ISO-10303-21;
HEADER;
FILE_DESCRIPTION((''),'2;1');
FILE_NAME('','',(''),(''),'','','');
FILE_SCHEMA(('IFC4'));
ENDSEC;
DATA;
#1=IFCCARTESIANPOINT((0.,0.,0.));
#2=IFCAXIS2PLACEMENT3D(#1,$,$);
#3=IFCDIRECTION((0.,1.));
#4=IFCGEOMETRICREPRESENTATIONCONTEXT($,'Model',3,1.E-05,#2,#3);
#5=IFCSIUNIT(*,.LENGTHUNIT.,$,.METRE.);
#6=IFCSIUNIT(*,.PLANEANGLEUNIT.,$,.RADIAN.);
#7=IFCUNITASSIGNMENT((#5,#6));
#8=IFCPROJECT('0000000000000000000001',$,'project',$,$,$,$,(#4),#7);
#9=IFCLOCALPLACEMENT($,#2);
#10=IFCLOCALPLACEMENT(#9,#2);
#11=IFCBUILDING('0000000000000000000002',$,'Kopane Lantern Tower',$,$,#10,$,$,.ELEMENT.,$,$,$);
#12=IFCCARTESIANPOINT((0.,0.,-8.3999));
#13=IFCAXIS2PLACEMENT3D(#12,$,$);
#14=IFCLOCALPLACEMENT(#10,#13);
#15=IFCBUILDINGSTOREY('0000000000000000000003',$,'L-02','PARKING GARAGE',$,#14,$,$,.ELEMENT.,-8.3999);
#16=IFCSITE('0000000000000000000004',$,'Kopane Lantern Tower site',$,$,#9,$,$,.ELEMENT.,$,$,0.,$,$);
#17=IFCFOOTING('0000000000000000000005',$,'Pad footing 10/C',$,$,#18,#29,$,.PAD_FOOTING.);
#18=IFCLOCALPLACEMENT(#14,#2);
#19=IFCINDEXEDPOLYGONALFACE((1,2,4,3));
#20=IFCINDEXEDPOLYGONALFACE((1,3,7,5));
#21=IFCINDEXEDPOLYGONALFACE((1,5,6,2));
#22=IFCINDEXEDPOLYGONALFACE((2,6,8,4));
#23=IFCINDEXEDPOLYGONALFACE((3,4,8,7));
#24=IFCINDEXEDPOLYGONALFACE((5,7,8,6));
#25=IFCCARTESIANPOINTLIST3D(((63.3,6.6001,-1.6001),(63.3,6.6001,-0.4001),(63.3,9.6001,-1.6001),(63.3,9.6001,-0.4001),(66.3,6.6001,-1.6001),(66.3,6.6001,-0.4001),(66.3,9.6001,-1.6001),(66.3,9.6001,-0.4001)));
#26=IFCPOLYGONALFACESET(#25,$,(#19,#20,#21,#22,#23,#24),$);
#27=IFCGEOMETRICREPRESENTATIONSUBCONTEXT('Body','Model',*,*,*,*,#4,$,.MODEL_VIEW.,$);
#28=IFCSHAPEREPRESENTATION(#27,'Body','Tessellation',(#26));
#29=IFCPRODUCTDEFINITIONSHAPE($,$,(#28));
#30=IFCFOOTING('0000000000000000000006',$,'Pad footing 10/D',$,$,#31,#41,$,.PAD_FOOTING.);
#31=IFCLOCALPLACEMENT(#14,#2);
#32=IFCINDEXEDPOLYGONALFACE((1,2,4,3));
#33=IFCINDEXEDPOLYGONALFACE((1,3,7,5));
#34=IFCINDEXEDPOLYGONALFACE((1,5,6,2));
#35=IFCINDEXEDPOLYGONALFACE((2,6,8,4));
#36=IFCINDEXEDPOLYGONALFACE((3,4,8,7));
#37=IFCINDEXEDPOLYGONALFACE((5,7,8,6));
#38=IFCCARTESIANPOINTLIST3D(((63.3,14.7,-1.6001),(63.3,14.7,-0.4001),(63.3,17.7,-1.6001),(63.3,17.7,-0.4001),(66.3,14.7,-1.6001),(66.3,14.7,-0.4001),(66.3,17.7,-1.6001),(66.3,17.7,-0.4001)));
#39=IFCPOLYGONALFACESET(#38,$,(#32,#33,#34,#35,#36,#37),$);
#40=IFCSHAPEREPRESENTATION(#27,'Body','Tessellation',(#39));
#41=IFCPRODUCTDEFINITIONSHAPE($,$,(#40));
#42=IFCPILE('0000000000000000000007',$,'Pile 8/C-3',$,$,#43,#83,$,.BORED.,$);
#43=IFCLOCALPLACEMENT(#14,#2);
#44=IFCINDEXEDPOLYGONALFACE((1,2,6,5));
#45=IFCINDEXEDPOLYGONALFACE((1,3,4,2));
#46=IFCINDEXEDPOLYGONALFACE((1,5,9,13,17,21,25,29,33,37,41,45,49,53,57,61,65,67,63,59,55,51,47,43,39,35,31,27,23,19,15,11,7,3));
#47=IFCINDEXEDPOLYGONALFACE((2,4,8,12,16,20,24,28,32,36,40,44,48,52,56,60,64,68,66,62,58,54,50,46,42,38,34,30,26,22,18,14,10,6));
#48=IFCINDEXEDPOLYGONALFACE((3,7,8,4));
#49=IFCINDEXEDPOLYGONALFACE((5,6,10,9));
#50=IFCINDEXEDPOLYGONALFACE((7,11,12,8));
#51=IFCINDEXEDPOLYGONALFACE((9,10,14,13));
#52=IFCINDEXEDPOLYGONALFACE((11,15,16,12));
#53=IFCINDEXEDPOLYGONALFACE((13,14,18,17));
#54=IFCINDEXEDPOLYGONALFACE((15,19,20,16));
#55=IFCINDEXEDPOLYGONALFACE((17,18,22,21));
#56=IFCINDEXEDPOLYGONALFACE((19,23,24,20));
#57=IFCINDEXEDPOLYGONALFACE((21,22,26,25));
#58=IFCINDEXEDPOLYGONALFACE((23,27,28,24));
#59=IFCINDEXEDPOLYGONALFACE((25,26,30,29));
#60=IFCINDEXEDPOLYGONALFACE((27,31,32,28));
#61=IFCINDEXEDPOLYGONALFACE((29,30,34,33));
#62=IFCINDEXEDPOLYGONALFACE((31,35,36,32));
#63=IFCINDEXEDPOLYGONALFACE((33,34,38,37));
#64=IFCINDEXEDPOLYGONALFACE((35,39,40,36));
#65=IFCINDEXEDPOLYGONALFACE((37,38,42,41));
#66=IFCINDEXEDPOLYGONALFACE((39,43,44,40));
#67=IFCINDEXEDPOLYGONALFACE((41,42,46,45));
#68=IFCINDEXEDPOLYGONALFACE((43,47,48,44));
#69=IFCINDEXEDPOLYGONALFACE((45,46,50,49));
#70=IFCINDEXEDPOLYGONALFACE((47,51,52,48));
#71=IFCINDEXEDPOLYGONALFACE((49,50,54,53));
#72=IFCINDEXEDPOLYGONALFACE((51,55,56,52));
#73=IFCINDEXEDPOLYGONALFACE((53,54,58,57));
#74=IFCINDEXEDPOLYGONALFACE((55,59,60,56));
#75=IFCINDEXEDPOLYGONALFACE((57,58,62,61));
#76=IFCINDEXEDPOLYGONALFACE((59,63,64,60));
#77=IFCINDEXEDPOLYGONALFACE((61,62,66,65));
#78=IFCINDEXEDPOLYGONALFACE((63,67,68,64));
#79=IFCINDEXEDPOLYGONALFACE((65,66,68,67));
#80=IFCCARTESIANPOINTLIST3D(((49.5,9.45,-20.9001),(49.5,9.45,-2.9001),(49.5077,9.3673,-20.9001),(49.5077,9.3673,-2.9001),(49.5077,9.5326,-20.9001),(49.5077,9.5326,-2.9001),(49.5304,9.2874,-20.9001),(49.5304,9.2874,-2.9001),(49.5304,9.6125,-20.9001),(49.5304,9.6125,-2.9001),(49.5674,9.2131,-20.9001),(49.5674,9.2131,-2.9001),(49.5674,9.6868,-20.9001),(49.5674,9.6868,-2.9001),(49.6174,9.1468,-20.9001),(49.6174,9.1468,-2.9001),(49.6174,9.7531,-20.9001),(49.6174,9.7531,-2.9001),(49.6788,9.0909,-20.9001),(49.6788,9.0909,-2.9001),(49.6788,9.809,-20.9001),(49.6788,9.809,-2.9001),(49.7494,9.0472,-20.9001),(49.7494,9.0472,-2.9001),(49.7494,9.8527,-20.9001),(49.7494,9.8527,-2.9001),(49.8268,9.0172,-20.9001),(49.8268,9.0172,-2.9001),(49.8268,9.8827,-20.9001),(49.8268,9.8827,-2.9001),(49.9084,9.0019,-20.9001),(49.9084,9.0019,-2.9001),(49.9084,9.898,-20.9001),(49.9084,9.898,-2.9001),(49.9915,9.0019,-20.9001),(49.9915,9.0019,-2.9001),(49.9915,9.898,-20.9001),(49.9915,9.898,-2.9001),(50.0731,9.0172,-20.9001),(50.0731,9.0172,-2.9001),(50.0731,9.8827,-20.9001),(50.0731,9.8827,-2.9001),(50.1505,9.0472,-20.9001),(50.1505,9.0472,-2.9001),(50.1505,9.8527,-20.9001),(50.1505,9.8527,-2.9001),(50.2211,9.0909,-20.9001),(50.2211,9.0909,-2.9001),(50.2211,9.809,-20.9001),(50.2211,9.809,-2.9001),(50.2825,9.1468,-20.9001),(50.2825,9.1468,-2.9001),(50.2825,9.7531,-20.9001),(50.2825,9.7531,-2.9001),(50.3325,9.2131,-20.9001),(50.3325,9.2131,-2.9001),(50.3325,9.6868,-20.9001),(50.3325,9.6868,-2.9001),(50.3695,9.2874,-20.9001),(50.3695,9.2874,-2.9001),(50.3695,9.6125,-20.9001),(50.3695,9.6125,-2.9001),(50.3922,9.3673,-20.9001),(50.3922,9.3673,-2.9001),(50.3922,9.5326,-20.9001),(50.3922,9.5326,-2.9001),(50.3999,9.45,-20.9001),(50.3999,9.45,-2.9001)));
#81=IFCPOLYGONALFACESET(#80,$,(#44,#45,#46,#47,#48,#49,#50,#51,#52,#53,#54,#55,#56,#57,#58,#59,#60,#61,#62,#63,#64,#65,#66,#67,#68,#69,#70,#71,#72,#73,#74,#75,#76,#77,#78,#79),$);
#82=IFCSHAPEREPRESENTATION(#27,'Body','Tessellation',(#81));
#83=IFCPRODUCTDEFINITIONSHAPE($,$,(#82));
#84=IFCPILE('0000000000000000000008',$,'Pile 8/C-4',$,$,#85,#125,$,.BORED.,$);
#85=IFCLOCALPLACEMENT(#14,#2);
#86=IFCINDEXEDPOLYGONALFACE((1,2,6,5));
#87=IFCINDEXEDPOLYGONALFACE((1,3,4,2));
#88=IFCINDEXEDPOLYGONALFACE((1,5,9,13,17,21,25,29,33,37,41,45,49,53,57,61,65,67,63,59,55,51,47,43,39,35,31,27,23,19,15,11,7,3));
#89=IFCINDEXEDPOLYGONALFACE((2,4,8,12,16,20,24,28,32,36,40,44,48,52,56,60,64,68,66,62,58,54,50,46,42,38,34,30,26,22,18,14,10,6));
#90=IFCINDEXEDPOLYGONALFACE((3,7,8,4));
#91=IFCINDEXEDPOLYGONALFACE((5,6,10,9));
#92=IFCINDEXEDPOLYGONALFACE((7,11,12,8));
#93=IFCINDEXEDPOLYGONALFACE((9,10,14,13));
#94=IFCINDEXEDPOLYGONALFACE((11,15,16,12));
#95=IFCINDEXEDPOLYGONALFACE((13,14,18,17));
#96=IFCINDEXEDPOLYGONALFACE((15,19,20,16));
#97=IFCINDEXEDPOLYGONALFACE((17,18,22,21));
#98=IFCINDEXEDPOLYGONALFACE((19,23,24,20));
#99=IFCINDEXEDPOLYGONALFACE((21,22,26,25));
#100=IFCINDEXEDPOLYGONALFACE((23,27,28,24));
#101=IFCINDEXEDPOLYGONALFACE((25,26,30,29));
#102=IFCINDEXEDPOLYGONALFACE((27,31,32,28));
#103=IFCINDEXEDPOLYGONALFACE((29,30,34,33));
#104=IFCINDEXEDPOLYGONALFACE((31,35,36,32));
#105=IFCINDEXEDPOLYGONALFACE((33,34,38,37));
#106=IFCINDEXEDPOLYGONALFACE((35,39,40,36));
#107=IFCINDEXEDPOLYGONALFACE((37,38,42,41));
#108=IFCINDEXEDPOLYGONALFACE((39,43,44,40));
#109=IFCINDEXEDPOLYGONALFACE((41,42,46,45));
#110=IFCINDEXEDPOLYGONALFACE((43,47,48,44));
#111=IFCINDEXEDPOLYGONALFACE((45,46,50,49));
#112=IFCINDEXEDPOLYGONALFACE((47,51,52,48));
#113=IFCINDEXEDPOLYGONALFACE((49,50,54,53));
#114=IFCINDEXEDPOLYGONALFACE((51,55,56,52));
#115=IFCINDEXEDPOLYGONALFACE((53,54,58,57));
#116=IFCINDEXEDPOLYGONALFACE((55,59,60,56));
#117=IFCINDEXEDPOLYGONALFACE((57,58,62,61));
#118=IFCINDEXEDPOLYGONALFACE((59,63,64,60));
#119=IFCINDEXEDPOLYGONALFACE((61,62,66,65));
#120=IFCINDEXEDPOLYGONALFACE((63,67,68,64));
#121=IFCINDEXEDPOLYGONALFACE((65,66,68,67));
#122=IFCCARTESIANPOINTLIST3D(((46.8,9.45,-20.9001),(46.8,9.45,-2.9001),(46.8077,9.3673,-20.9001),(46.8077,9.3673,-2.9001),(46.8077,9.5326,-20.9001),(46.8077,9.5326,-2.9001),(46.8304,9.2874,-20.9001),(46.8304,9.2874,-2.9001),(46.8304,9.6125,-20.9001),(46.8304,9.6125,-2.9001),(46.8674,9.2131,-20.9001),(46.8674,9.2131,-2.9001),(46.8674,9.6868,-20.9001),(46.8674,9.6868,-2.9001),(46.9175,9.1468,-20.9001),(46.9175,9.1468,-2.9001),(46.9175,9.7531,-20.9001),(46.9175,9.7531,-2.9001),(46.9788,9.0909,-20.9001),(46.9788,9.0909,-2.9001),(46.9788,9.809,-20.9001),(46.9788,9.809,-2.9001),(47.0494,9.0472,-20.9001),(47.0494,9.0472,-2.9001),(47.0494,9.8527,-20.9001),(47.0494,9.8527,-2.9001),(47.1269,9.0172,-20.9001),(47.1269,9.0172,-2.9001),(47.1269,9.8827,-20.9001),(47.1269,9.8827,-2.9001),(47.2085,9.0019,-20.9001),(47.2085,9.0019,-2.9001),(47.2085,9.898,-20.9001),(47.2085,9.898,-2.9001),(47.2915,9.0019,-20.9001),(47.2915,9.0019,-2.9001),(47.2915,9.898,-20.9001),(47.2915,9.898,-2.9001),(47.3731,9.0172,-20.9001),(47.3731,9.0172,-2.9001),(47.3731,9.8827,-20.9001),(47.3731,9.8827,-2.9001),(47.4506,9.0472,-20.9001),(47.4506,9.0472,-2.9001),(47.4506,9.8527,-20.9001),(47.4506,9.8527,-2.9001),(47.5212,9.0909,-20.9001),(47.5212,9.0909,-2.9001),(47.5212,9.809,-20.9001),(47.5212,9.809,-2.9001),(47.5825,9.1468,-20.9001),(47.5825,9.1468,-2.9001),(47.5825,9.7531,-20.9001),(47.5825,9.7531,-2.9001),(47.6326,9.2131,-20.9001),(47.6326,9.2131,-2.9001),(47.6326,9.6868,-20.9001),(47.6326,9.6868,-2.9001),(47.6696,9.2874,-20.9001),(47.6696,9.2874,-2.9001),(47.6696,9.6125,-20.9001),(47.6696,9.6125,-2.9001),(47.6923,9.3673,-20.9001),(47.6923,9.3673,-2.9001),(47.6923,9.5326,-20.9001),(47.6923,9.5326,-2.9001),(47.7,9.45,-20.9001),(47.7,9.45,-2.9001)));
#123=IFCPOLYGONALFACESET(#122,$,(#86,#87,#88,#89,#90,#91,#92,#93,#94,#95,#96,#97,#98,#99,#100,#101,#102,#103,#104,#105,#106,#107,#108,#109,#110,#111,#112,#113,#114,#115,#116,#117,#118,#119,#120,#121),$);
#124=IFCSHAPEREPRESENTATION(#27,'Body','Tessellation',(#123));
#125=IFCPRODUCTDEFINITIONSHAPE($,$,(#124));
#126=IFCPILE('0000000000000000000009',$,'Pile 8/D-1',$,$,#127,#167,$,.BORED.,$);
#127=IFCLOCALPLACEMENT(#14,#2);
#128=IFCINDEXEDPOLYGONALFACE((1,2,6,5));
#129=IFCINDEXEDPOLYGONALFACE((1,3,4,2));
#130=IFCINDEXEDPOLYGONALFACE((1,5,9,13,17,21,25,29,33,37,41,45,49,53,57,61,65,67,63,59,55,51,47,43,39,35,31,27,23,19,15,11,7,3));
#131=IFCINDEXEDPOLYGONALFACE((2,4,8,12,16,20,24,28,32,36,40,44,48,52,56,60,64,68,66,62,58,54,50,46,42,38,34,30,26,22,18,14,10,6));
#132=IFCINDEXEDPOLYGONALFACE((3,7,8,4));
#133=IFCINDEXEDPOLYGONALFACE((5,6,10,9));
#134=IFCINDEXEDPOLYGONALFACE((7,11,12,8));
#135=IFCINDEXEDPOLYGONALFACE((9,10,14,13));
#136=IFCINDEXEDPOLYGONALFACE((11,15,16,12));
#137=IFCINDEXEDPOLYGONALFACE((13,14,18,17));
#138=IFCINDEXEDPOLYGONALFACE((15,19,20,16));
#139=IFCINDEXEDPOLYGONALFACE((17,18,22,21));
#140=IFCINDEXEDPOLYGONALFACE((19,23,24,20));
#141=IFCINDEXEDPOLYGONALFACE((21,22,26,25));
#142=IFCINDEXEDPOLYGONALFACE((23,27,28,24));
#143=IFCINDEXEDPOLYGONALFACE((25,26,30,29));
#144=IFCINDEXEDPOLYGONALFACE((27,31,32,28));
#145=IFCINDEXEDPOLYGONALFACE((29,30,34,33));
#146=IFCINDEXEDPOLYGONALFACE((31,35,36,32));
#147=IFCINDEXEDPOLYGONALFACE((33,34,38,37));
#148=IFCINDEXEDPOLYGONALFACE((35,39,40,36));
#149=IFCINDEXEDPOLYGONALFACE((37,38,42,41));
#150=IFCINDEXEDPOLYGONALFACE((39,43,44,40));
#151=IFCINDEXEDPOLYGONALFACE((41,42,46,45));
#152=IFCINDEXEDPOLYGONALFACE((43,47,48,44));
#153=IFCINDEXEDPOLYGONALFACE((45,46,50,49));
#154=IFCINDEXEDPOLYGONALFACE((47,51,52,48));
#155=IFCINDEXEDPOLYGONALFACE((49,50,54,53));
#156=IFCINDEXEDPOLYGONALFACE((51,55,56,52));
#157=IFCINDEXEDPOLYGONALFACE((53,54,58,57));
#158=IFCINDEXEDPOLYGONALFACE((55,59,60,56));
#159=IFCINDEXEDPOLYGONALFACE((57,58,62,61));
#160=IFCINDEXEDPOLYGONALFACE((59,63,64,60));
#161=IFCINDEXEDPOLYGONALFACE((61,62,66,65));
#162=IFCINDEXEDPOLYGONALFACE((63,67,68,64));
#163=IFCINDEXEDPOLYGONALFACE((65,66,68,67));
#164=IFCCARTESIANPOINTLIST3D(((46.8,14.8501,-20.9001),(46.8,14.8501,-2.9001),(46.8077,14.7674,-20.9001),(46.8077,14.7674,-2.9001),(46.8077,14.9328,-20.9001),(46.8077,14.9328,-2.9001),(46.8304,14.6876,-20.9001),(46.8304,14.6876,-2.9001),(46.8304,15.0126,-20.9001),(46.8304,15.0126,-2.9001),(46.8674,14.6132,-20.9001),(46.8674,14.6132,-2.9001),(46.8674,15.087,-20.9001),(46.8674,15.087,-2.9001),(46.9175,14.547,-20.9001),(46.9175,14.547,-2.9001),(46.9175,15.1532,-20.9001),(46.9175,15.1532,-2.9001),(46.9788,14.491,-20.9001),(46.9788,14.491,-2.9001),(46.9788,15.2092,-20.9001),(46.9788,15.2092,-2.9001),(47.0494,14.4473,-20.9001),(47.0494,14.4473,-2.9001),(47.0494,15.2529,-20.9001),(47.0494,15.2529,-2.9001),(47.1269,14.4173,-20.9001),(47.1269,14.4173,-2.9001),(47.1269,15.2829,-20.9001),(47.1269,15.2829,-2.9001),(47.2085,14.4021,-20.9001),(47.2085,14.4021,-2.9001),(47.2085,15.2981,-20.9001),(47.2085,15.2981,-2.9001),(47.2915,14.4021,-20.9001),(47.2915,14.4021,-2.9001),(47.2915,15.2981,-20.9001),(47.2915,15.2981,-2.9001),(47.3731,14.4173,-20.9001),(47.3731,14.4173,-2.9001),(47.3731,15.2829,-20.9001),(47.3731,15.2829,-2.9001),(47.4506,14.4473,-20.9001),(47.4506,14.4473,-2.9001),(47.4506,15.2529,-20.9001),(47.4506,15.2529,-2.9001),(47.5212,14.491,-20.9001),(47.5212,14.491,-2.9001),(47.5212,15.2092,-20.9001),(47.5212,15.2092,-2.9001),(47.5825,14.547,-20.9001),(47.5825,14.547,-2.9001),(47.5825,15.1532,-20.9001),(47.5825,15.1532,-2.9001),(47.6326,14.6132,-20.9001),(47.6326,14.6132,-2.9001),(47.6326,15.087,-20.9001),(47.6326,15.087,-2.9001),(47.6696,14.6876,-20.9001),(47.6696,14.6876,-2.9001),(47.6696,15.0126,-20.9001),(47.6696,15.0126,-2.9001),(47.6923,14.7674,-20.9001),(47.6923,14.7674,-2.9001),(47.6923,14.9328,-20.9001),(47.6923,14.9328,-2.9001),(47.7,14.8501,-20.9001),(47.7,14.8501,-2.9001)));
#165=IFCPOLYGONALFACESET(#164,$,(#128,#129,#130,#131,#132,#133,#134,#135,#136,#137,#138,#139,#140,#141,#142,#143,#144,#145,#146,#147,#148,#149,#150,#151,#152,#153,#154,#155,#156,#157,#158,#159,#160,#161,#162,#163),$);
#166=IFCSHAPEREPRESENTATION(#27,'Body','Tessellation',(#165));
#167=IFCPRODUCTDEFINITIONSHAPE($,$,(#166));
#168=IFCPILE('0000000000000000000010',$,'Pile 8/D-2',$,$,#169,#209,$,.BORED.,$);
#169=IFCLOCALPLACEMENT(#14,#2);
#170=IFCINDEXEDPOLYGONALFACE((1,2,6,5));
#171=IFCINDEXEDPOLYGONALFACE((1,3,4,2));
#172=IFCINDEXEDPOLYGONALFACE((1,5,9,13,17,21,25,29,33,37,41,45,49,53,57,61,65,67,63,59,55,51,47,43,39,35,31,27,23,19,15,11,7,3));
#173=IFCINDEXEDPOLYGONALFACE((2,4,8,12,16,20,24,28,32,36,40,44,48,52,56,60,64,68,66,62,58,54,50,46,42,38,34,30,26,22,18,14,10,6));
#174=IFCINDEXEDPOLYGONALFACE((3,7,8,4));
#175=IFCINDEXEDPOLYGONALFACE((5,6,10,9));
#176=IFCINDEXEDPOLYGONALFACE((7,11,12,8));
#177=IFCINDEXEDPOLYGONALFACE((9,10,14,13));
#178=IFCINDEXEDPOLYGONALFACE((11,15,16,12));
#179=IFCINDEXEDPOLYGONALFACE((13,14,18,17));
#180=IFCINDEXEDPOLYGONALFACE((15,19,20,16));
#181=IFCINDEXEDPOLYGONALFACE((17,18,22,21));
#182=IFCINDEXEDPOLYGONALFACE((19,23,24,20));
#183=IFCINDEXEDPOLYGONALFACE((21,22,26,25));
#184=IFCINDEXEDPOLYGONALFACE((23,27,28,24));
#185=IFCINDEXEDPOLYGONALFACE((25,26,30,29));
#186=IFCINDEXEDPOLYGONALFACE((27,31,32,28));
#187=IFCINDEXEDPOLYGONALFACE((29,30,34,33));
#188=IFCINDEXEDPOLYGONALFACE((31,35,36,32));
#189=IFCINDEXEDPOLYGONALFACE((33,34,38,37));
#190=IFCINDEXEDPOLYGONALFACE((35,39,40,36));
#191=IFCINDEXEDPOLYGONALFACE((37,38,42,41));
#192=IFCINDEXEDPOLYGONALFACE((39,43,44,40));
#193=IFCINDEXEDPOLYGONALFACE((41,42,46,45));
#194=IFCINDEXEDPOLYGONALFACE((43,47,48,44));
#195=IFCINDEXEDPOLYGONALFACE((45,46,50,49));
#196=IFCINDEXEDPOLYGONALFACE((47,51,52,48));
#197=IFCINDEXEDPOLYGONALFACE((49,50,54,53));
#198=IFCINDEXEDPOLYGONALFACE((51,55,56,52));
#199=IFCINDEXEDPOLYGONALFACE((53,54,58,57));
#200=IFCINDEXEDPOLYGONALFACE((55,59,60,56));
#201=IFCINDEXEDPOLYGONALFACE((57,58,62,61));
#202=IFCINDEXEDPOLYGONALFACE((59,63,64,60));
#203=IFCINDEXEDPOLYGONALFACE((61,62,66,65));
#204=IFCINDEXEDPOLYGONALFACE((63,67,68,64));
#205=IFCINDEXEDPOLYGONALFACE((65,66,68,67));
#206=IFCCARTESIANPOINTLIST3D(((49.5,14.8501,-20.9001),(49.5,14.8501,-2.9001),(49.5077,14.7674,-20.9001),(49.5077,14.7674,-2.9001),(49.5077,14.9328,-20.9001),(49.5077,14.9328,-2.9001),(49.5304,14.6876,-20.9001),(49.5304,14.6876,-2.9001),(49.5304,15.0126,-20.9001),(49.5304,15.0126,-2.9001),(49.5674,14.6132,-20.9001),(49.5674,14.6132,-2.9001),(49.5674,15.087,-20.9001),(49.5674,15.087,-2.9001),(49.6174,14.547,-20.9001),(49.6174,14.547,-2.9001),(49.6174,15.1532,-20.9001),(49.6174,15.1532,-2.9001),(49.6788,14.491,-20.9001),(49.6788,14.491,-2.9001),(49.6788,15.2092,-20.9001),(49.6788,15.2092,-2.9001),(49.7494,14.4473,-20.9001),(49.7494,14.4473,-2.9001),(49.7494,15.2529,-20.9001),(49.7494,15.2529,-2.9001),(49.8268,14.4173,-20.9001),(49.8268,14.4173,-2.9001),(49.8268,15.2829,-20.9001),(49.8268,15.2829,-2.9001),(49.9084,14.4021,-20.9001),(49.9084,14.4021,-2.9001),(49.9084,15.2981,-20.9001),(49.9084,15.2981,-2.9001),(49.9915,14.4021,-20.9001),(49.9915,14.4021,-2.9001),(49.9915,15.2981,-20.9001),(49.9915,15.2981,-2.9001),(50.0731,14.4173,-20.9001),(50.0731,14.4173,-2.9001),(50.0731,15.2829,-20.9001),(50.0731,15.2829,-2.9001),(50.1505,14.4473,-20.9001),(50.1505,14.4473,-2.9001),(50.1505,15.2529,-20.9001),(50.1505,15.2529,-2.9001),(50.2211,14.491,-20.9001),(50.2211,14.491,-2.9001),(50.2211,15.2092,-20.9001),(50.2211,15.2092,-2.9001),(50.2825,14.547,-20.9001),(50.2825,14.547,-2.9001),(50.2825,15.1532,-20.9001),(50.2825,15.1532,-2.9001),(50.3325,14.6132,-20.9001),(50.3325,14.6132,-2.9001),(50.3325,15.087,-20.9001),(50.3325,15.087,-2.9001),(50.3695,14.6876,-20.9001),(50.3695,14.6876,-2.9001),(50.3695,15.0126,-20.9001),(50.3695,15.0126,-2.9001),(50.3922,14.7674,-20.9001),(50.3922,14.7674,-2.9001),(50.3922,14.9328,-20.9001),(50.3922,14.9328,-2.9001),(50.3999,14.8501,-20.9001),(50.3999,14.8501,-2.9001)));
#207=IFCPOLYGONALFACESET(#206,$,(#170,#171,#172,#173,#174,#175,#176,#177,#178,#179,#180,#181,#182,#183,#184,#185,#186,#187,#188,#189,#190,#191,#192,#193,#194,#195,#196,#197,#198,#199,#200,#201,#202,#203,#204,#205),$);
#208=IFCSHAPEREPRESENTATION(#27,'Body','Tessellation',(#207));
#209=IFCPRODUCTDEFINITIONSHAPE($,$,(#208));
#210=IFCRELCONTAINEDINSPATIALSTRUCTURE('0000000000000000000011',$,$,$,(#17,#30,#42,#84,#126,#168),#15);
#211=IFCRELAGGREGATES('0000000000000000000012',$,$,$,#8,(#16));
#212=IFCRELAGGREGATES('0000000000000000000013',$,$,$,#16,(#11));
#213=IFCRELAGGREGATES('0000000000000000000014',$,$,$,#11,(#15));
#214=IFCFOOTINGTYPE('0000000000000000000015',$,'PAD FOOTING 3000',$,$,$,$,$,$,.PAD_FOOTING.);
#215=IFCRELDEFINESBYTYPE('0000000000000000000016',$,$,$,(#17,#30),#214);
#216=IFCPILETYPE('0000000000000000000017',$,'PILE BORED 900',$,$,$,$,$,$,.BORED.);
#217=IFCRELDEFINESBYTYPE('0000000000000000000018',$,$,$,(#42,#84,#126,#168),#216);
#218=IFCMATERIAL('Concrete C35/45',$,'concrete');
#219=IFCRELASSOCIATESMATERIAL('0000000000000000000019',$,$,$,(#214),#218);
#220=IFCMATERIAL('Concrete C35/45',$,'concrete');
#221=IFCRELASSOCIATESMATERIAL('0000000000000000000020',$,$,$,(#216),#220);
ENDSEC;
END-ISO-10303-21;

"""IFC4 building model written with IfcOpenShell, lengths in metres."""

from ifc_helpers import new_model, si_unit, direction, frame, origin, origin_2d, place, context, subcontext, project, spatial, rectangle, circle, extrude, material, material_profile, profile_set, type_object, element, save


model = new_model("IFC4")

# Units and contexts
model_context = context("Model", 3, precision=1e-05, world=origin(), true_north=direction((0.0, 1.0)))
body_context = subcontext(model_context, "Body", "Model", "MODEL_VIEW")
ifc_project = project(units=[si_unit("LENGTHUNIT", "METRE"), si_unit("PLANEANGLEUNIT", "RADIAN")], contexts=[model_context])

# Site, building, storey
site_placement = place(None, origin())
site = spatial("IfcSite", under=ifc_project, at=site_placement, Name="Kopane Lantern Tower site", CompositionType="ELEMENT", RefElevation=0.0)
building_placement = place(site_placement, origin())
building = spatial("IfcBuilding", under=site, at=building_placement, Name="Kopane Lantern Tower", CompositionType="ELEMENT")
storey_placement = place(building_placement, frame((0.0, 0.0, -8.3999)))
storey = spatial("IfcBuildingStorey", under=building, at=storey_placement, Name="L-02", Description="PARKING GARAGE", CompositionType="ELEMENT", Elevation=-8.3999)

# Footings
ifc_material_1 = material(Name="Concrete C35/45", Category="concrete")
footing_type_1 = type_object("IfcFootingType", Name="PAD FOOTING 3000", PredefinedType="PAD_FOOTING", material=ifc_material_1)
for number, where, z_axis, x_axis, name in (
    (1, (64.8, 8.1001, -1.6001), (0.0, 0.0, 1.0), (1.0, 0.0, 0.0), "Pad footing 10/C"),
    (2, (64.8, 16.2, -1.6001), (0.0, 0.0, 1.0), (1.0, 0.0, 0.0), "Pad footing 10/D"),
):
    element("IfcFooting", number, at=place(storey_placement, frame(where, z_axis=z_axis, x_axis=x_axis)), inside=storey, type_object=footing_type_1, Name=name, PredefinedType="PAD_FOOTING", context=body_context, shape_type="SweptSolid", body=[
        extrude(rectangle(XDim=3.0, YDim=3.0, at=origin_2d()), origin(), (0.0, 0.0, 1.0), 1.2),
    ])

# Piles
ifc_material_2 = material(Name="Concrete C35/45", Category="concrete")
ifc_material_profile_1 = material_profile(ifc_material_2, circle(Radius=0.45, at=origin_2d()), Name="D900")
ifc_profile_set_1 = profile_set([ifc_material_profile_1], Name="Concrete C35/45")
pile_type = type_object("IfcPileType", Name="PILE BORED 900", PredefinedType="BORED", material=ifc_profile_set_1)
for number, where, z_axis, x_axis, name in (
    (3, (49.95, 9.45, -2.9001), (0.0, 0.0, -1.0), (1.0, 0.0, 0.0), "Pile 8/C-3"),
    (4, (47.25, 9.45, -2.9001), (0.0, 0.0, -1.0), (1.0, 0.0, 0.0), "Pile 8/C-4"),
    (5, (47.25, 14.8501, -2.9001), (0.0, 0.0, -1.0), (1.0, 0.0, 0.0), "Pile 8/D-1"),
    (6, (49.95, 14.8501, -2.9001), (0.0, 0.0, -1.0), (1.0, 0.0, 0.0), "Pile 8/D-2"),
):
    element("IfcPile", number, at=place(storey_placement, frame(where, z_axis=z_axis, x_axis=x_axis)), inside=storey, type_object=pile_type, Name=name, PredefinedType="BORED", context=body_context, shape_type="SweptSolid", body=[
        extrude(circle(Radius=0.45, at=origin_2d()), origin(), (0.0, 0.0, 1.0), 18.0),
    ])

save(model, "model.ifc")
